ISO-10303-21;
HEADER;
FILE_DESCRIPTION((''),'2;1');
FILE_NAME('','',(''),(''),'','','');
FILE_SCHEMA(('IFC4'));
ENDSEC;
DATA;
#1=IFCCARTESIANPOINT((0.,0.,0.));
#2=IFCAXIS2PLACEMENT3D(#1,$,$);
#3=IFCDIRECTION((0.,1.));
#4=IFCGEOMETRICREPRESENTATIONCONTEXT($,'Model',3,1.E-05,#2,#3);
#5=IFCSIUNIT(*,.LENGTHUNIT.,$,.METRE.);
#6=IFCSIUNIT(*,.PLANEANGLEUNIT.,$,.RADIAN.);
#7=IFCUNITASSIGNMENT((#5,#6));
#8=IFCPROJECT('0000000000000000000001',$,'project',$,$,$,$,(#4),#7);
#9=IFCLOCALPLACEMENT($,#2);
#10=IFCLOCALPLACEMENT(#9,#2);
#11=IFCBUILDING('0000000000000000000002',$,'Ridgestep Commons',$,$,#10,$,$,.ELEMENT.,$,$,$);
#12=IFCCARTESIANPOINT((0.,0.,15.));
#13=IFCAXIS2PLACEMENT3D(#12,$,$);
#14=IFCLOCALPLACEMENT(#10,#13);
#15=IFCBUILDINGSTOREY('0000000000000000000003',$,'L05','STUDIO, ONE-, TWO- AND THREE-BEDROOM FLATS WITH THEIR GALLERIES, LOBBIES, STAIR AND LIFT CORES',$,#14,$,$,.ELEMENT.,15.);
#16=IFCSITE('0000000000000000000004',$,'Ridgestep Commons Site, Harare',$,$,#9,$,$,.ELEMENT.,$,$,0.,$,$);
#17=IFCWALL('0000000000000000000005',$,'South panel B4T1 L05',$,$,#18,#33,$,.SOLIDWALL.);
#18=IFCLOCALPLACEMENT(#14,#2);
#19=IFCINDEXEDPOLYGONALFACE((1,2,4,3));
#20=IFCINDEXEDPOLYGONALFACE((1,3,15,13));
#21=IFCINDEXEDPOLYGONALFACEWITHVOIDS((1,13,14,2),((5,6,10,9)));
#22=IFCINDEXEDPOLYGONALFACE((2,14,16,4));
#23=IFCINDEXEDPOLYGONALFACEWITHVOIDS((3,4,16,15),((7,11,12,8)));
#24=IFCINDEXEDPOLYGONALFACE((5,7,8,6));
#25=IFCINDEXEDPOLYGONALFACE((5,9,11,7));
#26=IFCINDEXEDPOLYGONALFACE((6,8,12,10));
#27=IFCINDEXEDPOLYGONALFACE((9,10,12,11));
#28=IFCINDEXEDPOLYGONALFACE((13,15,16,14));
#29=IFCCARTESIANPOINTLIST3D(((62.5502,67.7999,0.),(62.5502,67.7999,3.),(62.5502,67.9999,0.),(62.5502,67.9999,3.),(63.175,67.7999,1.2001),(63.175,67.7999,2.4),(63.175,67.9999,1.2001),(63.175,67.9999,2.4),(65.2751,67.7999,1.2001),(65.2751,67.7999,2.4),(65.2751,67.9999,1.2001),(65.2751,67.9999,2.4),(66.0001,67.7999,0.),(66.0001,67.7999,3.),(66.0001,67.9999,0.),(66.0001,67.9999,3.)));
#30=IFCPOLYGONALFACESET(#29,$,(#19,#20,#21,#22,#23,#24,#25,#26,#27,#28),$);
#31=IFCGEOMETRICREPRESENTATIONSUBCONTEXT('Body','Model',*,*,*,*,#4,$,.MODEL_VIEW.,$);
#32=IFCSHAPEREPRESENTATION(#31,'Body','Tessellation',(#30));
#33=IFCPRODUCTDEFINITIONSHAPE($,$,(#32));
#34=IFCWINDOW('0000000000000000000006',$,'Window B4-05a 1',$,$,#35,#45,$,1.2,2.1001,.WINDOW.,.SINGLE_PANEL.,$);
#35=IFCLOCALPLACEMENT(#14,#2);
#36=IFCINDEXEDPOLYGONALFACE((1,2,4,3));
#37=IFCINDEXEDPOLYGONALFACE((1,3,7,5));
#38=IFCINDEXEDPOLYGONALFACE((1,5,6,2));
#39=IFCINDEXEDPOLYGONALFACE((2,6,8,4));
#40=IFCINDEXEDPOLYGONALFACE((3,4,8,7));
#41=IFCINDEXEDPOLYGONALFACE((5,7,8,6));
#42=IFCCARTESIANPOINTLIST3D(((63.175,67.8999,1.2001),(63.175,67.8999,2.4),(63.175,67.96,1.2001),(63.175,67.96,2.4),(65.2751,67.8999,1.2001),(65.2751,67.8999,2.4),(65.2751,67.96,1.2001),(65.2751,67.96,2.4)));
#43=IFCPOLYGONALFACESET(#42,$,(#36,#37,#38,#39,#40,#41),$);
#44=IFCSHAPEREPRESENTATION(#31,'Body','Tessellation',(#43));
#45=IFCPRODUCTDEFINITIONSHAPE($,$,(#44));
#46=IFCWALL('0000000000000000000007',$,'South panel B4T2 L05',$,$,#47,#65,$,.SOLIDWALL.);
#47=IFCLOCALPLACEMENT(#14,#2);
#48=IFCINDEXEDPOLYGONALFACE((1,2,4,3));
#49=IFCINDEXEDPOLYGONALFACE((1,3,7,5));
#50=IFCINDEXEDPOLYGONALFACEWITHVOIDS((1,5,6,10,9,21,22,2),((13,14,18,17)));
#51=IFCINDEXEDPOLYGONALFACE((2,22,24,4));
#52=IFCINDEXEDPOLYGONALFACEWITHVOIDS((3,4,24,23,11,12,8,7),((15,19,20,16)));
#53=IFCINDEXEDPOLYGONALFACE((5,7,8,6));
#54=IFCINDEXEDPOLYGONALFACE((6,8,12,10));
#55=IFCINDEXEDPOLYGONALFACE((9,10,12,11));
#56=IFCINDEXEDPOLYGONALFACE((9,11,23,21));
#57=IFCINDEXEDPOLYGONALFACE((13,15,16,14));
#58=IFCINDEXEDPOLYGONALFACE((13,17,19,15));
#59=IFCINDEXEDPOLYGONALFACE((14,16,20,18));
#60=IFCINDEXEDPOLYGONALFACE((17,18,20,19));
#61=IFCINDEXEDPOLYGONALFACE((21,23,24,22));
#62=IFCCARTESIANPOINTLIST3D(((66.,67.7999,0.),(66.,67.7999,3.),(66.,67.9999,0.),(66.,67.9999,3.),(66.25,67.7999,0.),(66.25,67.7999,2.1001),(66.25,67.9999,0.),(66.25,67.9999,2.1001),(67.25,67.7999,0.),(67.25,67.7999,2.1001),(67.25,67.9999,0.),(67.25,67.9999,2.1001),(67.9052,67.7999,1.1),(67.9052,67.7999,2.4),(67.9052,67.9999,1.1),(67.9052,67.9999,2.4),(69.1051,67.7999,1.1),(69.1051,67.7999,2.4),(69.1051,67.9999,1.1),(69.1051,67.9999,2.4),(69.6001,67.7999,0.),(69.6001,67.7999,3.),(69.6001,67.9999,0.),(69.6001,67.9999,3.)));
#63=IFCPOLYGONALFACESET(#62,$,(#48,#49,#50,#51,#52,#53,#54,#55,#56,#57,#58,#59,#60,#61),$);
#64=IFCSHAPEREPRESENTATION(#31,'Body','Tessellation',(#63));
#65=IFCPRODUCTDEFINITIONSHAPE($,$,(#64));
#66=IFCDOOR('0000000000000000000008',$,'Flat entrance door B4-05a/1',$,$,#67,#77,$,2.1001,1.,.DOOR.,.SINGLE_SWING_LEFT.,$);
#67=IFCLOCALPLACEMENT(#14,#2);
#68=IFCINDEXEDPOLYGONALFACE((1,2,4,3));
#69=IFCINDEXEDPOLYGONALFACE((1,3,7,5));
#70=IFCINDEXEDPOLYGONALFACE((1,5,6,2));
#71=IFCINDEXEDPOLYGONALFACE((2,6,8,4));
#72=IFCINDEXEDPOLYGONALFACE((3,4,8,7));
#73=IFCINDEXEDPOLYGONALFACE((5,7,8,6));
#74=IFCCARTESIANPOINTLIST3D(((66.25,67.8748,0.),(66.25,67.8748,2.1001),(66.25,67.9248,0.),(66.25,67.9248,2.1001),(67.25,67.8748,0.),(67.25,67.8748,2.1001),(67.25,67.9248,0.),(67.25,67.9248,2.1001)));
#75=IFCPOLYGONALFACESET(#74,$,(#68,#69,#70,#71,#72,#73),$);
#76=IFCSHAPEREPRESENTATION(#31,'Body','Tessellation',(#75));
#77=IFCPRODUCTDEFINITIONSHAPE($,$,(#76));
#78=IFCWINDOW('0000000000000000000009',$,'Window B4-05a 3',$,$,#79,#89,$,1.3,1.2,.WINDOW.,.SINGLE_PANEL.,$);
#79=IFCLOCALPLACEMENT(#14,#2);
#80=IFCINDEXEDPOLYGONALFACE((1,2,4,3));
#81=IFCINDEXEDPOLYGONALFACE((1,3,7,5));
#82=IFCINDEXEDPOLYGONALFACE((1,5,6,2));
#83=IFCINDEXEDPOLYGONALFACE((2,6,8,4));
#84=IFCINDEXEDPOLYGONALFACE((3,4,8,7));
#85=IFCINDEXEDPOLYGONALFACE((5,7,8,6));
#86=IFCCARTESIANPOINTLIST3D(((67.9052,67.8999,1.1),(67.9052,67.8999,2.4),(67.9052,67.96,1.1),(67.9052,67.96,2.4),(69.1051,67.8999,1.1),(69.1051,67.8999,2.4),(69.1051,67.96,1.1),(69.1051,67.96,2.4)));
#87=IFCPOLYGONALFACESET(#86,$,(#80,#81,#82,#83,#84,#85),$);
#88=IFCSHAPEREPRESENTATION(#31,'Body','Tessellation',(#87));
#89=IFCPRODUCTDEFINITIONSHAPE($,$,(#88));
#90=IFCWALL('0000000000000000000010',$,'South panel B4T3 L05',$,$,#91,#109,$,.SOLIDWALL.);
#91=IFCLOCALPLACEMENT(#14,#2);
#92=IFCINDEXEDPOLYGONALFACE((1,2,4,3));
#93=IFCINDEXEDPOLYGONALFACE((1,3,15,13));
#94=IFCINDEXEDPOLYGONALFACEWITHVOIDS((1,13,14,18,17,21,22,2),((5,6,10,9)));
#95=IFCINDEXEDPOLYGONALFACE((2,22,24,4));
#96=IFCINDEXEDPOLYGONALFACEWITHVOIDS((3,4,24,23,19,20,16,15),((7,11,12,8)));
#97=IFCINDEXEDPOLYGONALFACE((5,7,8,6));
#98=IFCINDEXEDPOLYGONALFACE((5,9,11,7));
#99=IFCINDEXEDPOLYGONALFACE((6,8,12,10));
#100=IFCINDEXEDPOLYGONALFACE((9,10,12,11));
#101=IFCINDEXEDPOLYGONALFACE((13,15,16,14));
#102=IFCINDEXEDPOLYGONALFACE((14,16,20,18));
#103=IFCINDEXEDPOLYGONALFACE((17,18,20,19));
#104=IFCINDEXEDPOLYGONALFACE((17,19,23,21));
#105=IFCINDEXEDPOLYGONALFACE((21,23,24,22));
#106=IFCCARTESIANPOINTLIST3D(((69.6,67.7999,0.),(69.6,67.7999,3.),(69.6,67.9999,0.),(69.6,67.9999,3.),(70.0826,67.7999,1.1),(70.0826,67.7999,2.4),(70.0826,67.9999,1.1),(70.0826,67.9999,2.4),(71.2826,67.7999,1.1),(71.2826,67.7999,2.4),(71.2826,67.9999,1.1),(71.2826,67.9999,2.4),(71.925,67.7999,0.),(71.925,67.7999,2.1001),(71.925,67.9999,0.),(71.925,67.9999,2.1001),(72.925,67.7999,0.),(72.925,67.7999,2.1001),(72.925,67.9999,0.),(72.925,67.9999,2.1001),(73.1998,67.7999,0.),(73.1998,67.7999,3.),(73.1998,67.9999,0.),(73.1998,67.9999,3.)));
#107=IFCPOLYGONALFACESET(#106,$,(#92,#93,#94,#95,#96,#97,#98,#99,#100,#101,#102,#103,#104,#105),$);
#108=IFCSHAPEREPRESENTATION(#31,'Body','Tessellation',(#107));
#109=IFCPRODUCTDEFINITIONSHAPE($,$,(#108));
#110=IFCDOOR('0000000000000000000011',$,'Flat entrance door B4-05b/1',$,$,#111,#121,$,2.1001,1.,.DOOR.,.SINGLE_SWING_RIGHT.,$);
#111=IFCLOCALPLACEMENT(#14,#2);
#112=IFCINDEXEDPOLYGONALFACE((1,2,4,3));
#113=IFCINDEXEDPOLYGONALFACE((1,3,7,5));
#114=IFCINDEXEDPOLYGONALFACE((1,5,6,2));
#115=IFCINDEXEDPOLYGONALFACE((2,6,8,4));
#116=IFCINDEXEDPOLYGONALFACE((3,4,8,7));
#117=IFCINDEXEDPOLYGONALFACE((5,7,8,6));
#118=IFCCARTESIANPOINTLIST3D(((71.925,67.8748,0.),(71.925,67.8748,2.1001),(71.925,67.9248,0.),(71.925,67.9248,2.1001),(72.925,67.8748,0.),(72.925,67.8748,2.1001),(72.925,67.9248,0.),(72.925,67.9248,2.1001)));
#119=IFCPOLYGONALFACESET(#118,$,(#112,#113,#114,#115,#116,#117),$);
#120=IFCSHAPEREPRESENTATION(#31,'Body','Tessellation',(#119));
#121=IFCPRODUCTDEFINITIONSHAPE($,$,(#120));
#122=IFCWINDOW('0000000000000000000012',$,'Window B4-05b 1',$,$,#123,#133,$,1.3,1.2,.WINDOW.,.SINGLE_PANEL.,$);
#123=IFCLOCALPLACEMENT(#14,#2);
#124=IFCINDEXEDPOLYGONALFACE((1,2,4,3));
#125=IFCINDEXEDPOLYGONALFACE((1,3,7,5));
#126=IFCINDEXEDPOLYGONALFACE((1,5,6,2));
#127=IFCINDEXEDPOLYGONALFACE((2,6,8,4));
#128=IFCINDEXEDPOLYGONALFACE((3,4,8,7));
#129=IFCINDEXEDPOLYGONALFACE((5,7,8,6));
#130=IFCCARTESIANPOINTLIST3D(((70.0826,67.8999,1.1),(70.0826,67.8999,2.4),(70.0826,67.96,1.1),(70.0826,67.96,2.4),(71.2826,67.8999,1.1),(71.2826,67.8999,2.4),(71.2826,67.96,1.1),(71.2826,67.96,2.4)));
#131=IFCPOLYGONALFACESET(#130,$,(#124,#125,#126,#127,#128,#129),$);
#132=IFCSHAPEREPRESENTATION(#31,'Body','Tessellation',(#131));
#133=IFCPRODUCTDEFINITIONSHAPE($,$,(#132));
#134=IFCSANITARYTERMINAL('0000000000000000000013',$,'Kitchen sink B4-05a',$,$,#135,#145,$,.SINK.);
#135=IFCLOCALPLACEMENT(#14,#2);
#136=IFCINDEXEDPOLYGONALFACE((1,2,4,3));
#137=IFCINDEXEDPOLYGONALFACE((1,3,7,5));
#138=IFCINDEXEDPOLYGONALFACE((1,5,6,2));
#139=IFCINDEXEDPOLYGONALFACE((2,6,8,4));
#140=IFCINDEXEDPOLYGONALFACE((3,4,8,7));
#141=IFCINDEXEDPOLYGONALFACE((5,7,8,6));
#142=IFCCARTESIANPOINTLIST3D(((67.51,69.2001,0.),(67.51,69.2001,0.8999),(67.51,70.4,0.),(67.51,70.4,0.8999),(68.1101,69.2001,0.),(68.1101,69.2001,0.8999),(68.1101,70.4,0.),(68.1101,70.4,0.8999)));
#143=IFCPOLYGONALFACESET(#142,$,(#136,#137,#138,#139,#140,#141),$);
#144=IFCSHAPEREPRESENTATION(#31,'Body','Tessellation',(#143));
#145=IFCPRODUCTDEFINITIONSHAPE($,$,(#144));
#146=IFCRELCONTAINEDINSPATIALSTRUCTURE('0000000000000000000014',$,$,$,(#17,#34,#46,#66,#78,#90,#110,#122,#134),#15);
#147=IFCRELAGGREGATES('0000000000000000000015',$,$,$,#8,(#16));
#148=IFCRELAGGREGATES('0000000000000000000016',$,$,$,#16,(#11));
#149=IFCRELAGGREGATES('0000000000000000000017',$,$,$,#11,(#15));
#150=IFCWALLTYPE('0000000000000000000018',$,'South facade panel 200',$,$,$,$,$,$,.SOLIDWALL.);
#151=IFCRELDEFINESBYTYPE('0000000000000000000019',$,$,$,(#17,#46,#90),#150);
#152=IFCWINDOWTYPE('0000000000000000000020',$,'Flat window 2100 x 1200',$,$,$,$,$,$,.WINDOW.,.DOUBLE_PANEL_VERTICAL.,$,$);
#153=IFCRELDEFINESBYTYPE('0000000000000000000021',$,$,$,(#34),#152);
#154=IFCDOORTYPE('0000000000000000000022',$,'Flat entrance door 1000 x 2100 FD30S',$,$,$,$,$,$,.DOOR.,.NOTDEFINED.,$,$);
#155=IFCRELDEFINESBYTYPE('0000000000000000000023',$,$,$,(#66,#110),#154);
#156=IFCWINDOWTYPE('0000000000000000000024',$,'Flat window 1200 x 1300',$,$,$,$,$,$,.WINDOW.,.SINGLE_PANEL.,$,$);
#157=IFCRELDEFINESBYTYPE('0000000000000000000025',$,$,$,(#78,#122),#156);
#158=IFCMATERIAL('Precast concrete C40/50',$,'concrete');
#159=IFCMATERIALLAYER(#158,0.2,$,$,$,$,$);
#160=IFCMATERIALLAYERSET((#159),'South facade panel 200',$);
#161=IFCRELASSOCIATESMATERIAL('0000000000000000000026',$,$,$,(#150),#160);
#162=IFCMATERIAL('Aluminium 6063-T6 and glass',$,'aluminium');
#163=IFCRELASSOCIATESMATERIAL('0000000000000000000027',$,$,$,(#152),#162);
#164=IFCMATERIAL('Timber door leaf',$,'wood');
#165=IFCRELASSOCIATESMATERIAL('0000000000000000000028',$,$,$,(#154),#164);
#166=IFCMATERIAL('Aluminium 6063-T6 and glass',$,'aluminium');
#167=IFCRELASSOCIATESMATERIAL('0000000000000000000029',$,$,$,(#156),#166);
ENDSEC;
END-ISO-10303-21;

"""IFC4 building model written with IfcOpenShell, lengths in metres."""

from ifc_helpers import new_model, si_unit, direction, frame, frame_2d, origin, origin_2d, place, context, subcontext, project, spatial, rectangle, extrude, material, layer, layer_set, type_object, element, fill, save


model = new_model("IFC4")

# Units and contexts
model_context = context("Model", 3, precision=1e-05, world=origin(), true_north=direction((0.0, 1.0)))
body_context = subcontext(model_context, "Body", "Model", "MODEL_VIEW")
ifc_project = project(units=[si_unit("LENGTHUNIT", "METRE"), si_unit("PLANEANGLEUNIT", "RADIAN")], contexts=[model_context])

# Site, building, storey
site_placement = place(None, origin())
site = spatial("IfcSite", under=ifc_project, at=site_placement, Name="Ridgestep Commons Site, Harare", CompositionType="ELEMENT", RefElevation=0.0)
building_placement = place(site_placement, origin())
building = spatial("IfcBuilding", under=site, at=building_placement, Name="Ridgestep Commons", CompositionType="ELEMENT")
storey_placement = place(building_placement, frame((0.0, 0.0, 15.0)))
storey = spatial("IfcBuildingStorey", under=building, at=storey_placement, Name="L05", Description="STUDIO, ONE-, TWO- AND THREE-BEDROOM FLATS WITH THEIR GALLERIES, LOBBIES, STAIR AND LIFT CORES", CompositionType="ELEMENT", Elevation=15.0)

# Wall, opening, window
ifc_material_1 = material(Name="Precast concrete C40/50", Category="concrete")
ifc_layer_1 = layer(ifc_material_1, 0.2)
ifc_layer_set_1 = layer_set([ifc_layer_1], Name="South facade panel 200")
wall_type_1 = type_object("IfcWallType", Name="South facade panel 200", PredefinedType="SOLIDWALL", material=ifc_layer_set_1)
wall_1_placement = place(storey_placement, frame((62.55, 67.8999, 0.0), z_axis=(0.0, 0.0, 1.0), x_axis=(1.0, 0.0, 0.0)))
wall_1 = element("IfcWall", 1, at=wall_1_placement, inside=storey, type_object=wall_type_1, Name="South panel B4T1 L05", PredefinedType="SOLIDWALL", context=body_context, shape_type="SweptSolid", body=[
    extrude(rectangle(XDim=3.45, YDim=0.2, at=frame_2d((1.7251, 0.0))), origin(), (0.0, 0.0, 1.0), 3.0),
])
opening_1_placement = place(wall_1_placement, frame((0.625, 0.0, 1.2)))
opening_1 = element("IfcOpeningElement", 2, at=opening_1_placement, cuts=wall_1, PredefinedType="OPENING", context=body_context, shape_type="SweptSolid", body=[
    extrude(rectangle(XDim=2.1001, YDim=1.2, at=frame_2d((1.05, 0.6001))), frame((0.0, 0.1099, 0.0), z_axis=(0.0, -1.0, 0.0), x_axis=(1.0, 0.0, 0.0)), (0.0, 0.0, 1.0), 0.22),
])
ifc_material_2 = material(Name="Aluminium 6063-T6 and glass", Category="aluminium")
window_type_1 = type_object("IfcWindowType", Name="Flat window 2100 x 1200", PartitioningType="DOUBLE_PANEL_VERTICAL", PredefinedType="WINDOW", material=ifc_material_2)
window_1_placement = place(opening_1_placement, origin())
window_1 = element("IfcWindow", 3, at=window_1_placement, inside=storey, type_object=window_type_1, Name="Window B4-05a 1", OverallHeight=1.2, OverallWidth=2.1001, PartitioningType="SINGLE_PANEL", PredefinedType="WINDOW", context=body_context, shape_type="SweptSolid", body=[
    extrude(rectangle(XDim=2.1001, YDim=1.2, at=frame_2d((1.05, 0.6001))), frame((0.0, 0.0601, 0.0), z_axis=(0.0, -1.0, 0.0), x_axis=(1.0, 0.0, 0.0)), (0.0, 0.0, 1.0), 0.0601),
])
fill(opening_1, window_1)

# Walls, openings, doors, windows
wall_2_placement = place(storey_placement, frame((66.0, 67.8999, 0.0), z_axis=(0.0, 0.0, 1.0), x_axis=(1.0, 0.0, 0.0)))
wall_2 = element("IfcWall", 4, at=wall_2_placement, inside=storey, type_object=wall_type_1, Name="South panel B4T2 L05", PredefinedType="SOLIDWALL", context=body_context, shape_type="SweptSolid", body=[
    extrude(rectangle(XDim=3.6001, YDim=0.2, at=frame_2d((1.8, 0.0))), origin(), (0.0, 0.0, 1.0), 3.0),
])
opening_2_placement = place(wall_2_placement, frame((1.905, 0.0, 1.1001)))
opening_2 = element("IfcOpeningElement", 5, at=opening_2_placement, cuts=wall_2, PredefinedType="OPENING", context=body_context, shape_type="SweptSolid", body=[
    extrude(rectangle(XDim=1.2, YDim=1.3, at=frame_2d((0.6001, 0.6499))), frame((0.0, 0.1099, 0.0), z_axis=(0.0, -1.0, 0.0), x_axis=(1.0, 0.0, 0.0)), (0.0, 0.0, 1.0), 0.22),
])
opening_3_placement = place(wall_2_placement, frame((0.25, 0.0, 0.0)))
opening_3 = element("IfcOpeningElement", 6, at=opening_3_placement, cuts=wall_2, PredefinedType="OPENING", context=body_context, shape_type="SweptSolid", body=[
    extrude(rectangle(XDim=1.0, YDim=2.1001, at=frame_2d((0.5, 1.05))), frame((0.0, 0.1099, 0.0), z_axis=(0.0, -1.0, 0.0), x_axis=(1.0, 0.0, 0.0)), (0.0, 0.0, 1.0), 0.22),
])
ifc_material_3 = material(Name="Timber door leaf", Category="wood")
door_type_1 = type_object("IfcDoorType", Name="Flat entrance door 1000 x 2100 FD30S", OperationType="NOTDEFINED", PredefinedType="DOOR", material=ifc_material_3)
door_1_placement = place(opening_3_placement, origin())
door_1 = element("IfcDoor", 7, at=door_1_placement, inside=storey, type_object=door_type_1, Name="Flat entrance door B4-05a/1", OperationType="SINGLE_SWING_LEFT", OverallHeight=2.1001, OverallWidth=1.0, PredefinedType="DOOR", context=body_context, shape_type="SweptSolid", body=[
    extrude(rectangle(XDim=1.0, YDim=2.1001, at=frame_2d((0.5, 1.05))), frame((0.0, 0.0249, 0.0), z_axis=(0.0, -1.0, 0.0), x_axis=(1.0, 0.0, 0.0)), (0.0, 0.0, 1.0), 0.05),
])
fill(opening_3, door_1)
ifc_material_4 = material(Name="Aluminium 6063-T6 and glass", Category="aluminium")
window_type_2 = type_object("IfcWindowType", Name="Flat window 1200 x 1300", PartitioningType="SINGLE_PANEL", PredefinedType="WINDOW", material=ifc_material_4)
window_2_placement = place(opening_2_placement, origin())
window_2 = element("IfcWindow", 8, at=window_2_placement, inside=storey, type_object=window_type_2, Name="Window B4-05a 3", OverallHeight=1.3, OverallWidth=1.2, PartitioningType="SINGLE_PANEL", PredefinedType="WINDOW", context=body_context, shape_type="SweptSolid", body=[
    extrude(rectangle(XDim=1.2, YDim=1.3, at=frame_2d((0.6001, 0.6499))), frame((0.0, 0.0601, 0.0), z_axis=(0.0, -1.0, 0.0), x_axis=(1.0, 0.0, 0.0)), (0.0, 0.0, 1.0), 0.0601),
])
fill(opening_2, window_2)
wall_3_placement = place(storey_placement, frame((69.6001, 67.8999, 0.0), z_axis=(0.0, 0.0, 1.0), x_axis=(1.0, 0.0, 0.0)))
wall_3 = element("IfcWall", 9, at=wall_3_placement, inside=storey, type_object=wall_type_1, Name="South panel B4T3 L05", PredefinedType="SOLIDWALL", context=body_context, shape_type="SweptSolid", body=[
    extrude(rectangle(XDim=3.5999, YDim=0.2, at=frame_2d((1.7998, 0.0))), origin(), (0.0, 0.0, 1.0), 3.0),
])
opening_4_placement = place(wall_3_placement, frame((0.4824, 0.0, 1.1001)))
opening_4 = element("IfcOpeningElement", 10, at=opening_4_placement, cuts=wall_3, PredefinedType="OPENING", context=body_context, shape_type="SweptSolid", body=[
    extrude(rectangle(XDim=1.2, YDim=1.3, at=frame_2d((0.6001, 0.6499))), frame((0.0, 0.1099, 0.0), z_axis=(0.0, -1.0, 0.0), x_axis=(1.0, 0.0, 0.0)), (0.0, 0.0, 1.0), 0.22),
])
opening_5_placement = place(wall_3_placement, frame((2.325, 0.0, 0.0)))
opening_5 = element("IfcOpeningElement", 11, at=opening_5_placement, cuts=wall_3, PredefinedType="OPENING", context=body_context, shape_type="SweptSolid", body=[
    extrude(rectangle(XDim=1.0, YDim=2.1001, at=frame_2d((0.5, 1.05))), frame((0.0, 0.1099, 0.0), z_axis=(0.0, -1.0, 0.0), x_axis=(1.0, 0.0, 0.0)), (0.0, 0.0, 1.0), 0.22),
])
door_2_placement = place(opening_5_placement, origin())
door_2 = element("IfcDoor", 12, at=door_2_placement, inside=storey, type_object=door_type_1, Name="Flat entrance door B4-05b/1", OperationType="SINGLE_SWING_RIGHT", OverallHeight=2.1001, OverallWidth=1.0, PredefinedType="DOOR", context=body_context, shape_type="SweptSolid", body=[
    extrude(rectangle(XDim=1.0, YDim=2.1001, at=frame_2d((0.5, 1.05))), frame((0.0, 0.0249, 0.0), z_axis=(0.0, -1.0, 0.0), x_axis=(1.0, 0.0, 0.0)), (0.0, 0.0, 1.0), 0.05),
])
fill(opening_5, door_2)
window_3_placement = place(opening_4_placement, origin())
window_3 = element("IfcWindow", 13, at=window_3_placement, inside=storey, type_object=window_type_2, Name="Window B4-05b 1", OverallHeight=1.3, OverallWidth=1.2, PartitioningType="SINGLE_PANEL", PredefinedType="WINDOW", context=body_context, shape_type="SweptSolid", body=[
    extrude(rectangle(XDim=1.2, YDim=1.3, at=frame_2d((0.6001, 0.6499))), frame((0.0, 0.0601, 0.0), z_axis=(0.0, -1.0, 0.0), x_axis=(1.0, 0.0, 0.0)), (0.0, 0.0, 1.0), 0.0601),
])
fill(opening_4, window_3)

# Sanitary terminal
sanitary_terminal_placement = place(storey_placement, frame((67.8101, 69.8, 0.0), z_axis=(0.0, 0.0, 1.0), x_axis=(1.0, 0.0, 0.0)))
element("IfcSanitaryTerminal", 14, at=sanitary_terminal_placement, inside=storey, Name="Kitchen sink B4-05a", PredefinedType="SINK", context=body_context, shape_type="SweptSolid", body=[
    extrude(rectangle(XDim=0.6001, YDim=1.2, at=origin_2d()), origin(), (0.0, 0.0, 1.0), 0.8999),
])

save(model, "model.ifc")
